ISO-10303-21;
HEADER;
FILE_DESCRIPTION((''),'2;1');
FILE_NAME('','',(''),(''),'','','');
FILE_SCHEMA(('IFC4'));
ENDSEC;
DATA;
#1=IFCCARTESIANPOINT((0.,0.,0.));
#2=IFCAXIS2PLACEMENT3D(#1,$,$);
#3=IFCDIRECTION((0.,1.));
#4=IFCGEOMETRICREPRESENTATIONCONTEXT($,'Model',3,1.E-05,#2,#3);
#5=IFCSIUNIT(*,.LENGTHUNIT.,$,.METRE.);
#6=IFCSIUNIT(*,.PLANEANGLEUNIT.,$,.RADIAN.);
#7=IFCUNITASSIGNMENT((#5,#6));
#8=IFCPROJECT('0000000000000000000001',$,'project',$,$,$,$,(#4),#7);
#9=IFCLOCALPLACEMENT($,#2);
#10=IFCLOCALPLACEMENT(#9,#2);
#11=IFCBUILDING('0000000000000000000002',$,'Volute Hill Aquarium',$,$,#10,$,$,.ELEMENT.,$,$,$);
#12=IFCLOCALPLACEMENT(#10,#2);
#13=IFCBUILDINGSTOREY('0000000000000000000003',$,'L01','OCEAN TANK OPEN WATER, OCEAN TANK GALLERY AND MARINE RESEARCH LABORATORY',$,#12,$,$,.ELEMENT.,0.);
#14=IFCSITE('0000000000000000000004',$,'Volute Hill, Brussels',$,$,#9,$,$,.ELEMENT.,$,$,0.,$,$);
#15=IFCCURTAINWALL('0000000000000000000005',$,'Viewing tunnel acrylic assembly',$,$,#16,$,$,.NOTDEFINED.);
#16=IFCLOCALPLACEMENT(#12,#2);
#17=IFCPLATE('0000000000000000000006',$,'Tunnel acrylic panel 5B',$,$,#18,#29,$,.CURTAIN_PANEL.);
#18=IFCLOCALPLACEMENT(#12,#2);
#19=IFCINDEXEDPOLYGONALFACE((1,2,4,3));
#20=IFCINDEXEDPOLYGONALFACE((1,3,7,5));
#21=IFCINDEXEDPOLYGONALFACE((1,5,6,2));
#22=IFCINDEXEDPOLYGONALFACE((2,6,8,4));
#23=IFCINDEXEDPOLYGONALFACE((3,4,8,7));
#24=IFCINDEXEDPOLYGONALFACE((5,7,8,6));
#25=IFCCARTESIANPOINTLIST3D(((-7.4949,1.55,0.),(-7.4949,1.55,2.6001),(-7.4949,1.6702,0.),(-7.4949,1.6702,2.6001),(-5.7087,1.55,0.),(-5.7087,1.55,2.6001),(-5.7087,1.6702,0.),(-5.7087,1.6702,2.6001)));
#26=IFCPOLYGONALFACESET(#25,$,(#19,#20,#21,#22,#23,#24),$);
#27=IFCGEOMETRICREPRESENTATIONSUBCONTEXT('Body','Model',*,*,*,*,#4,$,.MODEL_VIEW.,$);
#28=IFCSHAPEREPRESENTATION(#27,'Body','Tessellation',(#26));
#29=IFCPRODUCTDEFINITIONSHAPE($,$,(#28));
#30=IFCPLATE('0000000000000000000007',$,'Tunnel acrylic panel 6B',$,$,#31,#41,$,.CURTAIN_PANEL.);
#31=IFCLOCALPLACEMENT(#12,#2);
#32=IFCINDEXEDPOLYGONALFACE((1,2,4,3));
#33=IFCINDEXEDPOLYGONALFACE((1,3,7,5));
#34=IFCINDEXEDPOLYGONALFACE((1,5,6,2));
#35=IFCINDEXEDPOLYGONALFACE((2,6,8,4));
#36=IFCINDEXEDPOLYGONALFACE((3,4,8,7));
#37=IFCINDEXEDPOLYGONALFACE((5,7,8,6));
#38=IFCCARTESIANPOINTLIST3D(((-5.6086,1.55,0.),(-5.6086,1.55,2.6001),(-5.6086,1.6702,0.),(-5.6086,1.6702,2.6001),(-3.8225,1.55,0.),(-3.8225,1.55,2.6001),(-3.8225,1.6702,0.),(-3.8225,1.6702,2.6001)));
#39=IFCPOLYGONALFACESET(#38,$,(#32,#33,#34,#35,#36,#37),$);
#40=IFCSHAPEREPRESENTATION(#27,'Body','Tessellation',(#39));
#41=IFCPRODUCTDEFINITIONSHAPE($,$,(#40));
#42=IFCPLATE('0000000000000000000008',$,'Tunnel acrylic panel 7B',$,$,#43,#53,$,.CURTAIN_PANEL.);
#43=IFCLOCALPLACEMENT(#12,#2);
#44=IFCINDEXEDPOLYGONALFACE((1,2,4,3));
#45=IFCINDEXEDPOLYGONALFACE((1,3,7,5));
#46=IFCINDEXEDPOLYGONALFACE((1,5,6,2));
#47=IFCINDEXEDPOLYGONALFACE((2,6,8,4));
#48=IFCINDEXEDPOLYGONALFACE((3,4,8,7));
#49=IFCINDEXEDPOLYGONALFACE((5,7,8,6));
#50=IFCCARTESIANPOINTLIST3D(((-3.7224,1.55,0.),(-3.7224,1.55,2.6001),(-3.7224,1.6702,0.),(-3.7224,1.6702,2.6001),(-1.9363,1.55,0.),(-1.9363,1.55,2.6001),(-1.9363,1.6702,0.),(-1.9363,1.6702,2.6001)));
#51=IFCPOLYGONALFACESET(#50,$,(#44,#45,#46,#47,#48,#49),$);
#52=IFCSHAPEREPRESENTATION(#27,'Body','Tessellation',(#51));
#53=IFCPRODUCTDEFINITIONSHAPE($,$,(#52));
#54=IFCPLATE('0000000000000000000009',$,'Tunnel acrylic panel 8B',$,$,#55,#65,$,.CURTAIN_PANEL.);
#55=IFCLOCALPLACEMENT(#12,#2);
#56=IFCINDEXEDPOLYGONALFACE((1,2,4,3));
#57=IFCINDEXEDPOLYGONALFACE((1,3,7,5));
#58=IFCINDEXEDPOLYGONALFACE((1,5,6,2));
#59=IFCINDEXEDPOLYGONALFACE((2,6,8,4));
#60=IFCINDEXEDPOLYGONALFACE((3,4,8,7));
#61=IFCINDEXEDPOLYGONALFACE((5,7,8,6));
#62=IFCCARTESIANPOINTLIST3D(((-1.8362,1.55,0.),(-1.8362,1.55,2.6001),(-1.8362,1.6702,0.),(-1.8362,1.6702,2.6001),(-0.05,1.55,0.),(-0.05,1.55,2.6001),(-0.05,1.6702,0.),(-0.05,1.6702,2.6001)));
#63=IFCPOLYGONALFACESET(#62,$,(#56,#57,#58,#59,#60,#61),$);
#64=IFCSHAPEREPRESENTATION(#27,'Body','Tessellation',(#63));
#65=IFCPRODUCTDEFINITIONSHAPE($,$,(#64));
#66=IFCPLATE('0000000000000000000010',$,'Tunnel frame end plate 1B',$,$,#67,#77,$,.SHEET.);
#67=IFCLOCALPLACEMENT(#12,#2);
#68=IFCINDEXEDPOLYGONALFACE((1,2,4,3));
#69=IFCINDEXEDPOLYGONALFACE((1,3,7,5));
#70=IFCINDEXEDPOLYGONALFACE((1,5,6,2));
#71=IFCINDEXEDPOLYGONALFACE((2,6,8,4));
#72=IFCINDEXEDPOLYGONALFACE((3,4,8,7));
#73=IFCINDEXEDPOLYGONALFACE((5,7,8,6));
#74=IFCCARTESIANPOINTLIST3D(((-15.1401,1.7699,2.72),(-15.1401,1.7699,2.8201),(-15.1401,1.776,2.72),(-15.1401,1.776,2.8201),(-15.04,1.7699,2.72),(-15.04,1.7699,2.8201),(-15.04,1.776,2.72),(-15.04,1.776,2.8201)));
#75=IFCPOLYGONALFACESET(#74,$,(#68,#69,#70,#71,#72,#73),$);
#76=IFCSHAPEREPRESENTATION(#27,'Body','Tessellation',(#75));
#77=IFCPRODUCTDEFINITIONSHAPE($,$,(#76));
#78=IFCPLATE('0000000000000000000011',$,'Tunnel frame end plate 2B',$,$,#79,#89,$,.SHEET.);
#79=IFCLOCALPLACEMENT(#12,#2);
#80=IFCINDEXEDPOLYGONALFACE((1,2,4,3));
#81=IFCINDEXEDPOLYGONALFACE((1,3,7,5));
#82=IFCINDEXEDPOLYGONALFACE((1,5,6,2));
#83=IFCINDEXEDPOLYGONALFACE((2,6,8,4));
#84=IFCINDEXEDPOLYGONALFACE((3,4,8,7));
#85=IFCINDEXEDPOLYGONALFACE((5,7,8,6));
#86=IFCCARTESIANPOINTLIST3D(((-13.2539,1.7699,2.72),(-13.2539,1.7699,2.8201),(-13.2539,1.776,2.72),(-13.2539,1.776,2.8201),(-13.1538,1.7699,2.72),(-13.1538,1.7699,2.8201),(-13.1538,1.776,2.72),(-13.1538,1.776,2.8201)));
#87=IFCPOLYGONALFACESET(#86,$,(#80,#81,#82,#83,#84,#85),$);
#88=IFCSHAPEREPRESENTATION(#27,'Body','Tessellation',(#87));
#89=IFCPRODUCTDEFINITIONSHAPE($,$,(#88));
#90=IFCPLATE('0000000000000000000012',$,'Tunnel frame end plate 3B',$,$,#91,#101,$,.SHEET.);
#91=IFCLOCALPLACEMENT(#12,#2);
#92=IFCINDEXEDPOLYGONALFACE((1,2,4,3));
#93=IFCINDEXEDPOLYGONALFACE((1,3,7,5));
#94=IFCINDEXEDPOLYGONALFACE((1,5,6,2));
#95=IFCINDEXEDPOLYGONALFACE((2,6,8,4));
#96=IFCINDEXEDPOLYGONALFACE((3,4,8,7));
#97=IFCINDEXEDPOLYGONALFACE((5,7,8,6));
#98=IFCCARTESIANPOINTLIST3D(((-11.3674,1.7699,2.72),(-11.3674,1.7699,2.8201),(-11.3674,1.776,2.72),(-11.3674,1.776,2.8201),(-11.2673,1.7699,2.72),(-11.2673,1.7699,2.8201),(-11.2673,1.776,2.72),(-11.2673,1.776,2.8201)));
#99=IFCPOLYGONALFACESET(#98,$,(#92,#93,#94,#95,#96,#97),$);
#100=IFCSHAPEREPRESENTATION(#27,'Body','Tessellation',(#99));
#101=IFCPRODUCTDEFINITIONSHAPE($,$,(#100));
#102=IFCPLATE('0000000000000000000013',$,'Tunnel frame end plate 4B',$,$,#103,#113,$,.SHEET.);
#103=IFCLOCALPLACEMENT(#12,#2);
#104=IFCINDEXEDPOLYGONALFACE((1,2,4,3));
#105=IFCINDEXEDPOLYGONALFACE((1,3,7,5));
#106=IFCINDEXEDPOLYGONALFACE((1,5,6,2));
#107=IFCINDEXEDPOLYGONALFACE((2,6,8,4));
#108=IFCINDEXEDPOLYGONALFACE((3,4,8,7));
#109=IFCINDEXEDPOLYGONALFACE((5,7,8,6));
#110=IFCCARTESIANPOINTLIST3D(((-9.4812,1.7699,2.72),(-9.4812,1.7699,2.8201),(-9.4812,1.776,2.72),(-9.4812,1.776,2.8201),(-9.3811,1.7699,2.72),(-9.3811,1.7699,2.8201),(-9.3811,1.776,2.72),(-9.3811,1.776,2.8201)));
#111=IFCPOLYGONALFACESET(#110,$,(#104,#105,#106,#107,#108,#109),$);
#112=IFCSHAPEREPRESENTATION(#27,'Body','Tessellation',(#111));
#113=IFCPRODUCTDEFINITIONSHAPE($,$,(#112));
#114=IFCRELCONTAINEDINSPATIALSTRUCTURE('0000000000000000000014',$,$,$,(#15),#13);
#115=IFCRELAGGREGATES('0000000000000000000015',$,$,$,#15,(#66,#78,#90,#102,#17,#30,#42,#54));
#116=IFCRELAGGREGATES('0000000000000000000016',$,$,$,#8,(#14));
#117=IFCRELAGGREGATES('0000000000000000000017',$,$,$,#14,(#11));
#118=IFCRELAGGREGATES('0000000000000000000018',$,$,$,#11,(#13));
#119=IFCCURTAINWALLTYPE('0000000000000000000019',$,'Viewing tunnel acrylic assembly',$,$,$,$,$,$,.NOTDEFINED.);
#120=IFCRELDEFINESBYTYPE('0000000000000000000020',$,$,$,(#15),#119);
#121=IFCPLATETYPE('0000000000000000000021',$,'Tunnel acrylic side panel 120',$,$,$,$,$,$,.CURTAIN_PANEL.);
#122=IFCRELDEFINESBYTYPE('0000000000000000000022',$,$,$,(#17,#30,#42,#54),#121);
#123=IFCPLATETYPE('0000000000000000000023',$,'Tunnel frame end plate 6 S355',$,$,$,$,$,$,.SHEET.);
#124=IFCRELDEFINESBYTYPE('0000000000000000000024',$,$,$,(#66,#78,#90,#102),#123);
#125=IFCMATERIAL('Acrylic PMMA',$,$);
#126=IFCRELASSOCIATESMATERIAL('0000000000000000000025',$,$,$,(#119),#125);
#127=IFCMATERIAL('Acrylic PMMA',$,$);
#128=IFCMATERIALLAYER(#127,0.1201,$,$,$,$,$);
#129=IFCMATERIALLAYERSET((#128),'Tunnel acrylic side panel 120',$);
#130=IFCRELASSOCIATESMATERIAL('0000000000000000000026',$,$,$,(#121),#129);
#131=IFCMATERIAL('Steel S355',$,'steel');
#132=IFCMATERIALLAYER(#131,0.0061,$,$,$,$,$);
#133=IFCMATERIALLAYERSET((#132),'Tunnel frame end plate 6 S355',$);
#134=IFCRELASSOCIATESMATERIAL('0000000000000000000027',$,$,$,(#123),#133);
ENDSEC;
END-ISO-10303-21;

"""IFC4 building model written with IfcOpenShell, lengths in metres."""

from ifc_helpers import new_model, si_unit, direction, frame, origin, origin_2d, place, context, subcontext, project, spatial, rectangle, extrude, material, layer, layer_set, type_object, element, aggregate, save


model = new_model("IFC4")

# Units and contexts
model_context = context("Model", 3, precision=1e-05, world=origin(), true_north=direction((0.0, 1.0)))
body_context = subcontext(model_context, "Body", "Model", "MODEL_VIEW")
ifc_project = project(units=[si_unit("LENGTHUNIT", "METRE"), si_unit("PLANEANGLEUNIT", "RADIAN")], contexts=[model_context])

# Site, building, storey
site_placement = place(None, origin())
site = spatial("IfcSite", under=ifc_project, at=site_placement, Name="Volute Hill, Brussels", CompositionType="ELEMENT", RefElevation=0.0)
building_placement = place(site_placement, origin())
building = spatial("IfcBuilding", under=site, at=building_placement, Name="Volute Hill Aquarium", CompositionType="ELEMENT")
storey_placement = place(building_placement, origin())
storey = spatial("IfcBuildingStorey", under=building, at=storey_placement, Name="L01", Description="OCEAN TANK OPEN WATER, OCEAN TANK GALLERY AND MARINE RESEARCH LABORATORY", CompositionType="ELEMENT", Elevation=0.0)

# Curtain wall, plates
ifc_material_1 = material(Name="Acrylic PMMA")
curtain_wall_type = type_object("IfcCurtainWallType", Name="Viewing tunnel acrylic assembly", PredefinedType="NOTDEFINED", material=ifc_material_1)
curtain_wall_placement = place(storey_placement, origin())
curtain_wall = element("IfcCurtainWall", 1, at=curtain_wall_placement, inside=storey, type_object=curtain_wall_type, Name="Viewing tunnel acrylic assembly", PredefinedType="NOTDEFINED")
ifc_material_2 = material(Name="Acrylic PMMA")
ifc_layer_1 = layer(ifc_material_2, 0.1201)
ifc_layer_set_1 = layer_set([ifc_layer_1], Name="Tunnel acrylic side panel 120")
plate_type_1 = type_object("IfcPlateType", Name="Tunnel acrylic side panel 120", PredefinedType="CURTAIN_PANEL", material=ifc_layer_set_1)
plate_1_placement = place(storey_placement, frame((-6.6018, 1.6101, 0.0), z_axis=(0.0, 0.0, 1.0), x_axis=(1.0, 0.0, 0.0)))
plate_1 = element("IfcPlate", 2, at=plate_1_placement, type_object=plate_type_1, Name="Tunnel acrylic panel 5B", PredefinedType="CURTAIN_PANEL", context=body_context, shape_type="SweptSolid", body=[
    extrude(rectangle(XDim=1.7861, YDim=0.1201, at=origin_2d()), origin(), (0.0, 0.0, 1.0), 2.6001),
])
plate_2_placement = place(storey_placement, frame((-4.7156, 1.6101, 0.0), z_axis=(0.0, 0.0, 1.0), x_axis=(1.0, 0.0, 0.0)))
plate_2 = element("IfcPlate", 3, at=plate_2_placement, type_object=plate_type_1, Name="Tunnel acrylic panel 6B", PredefinedType="CURTAIN_PANEL", context=body_context, shape_type="SweptSolid", body=[
    extrude(rectangle(XDim=1.7861, YDim=0.1201, at=origin_2d()), origin(), (0.0, 0.0, 1.0), 2.6001),
])
plate_3_placement = place(storey_placement, frame((-2.8293, 1.6101, 0.0), z_axis=(0.0, 0.0, 1.0), x_axis=(1.0, 0.0, 0.0)))
plate_3 = element("IfcPlate", 4, at=plate_3_placement, type_object=plate_type_1, Name="Tunnel acrylic panel 7B", PredefinedType="CURTAIN_PANEL", context=body_context, shape_type="SweptSolid", body=[
    extrude(rectangle(XDim=1.7861, YDim=0.1201, at=origin_2d()), origin(), (0.0, 0.0, 1.0), 2.6001),
])
plate_4_placement = place(storey_placement, frame((-0.9431, 1.6101, 0.0), z_axis=(0.0, 0.0, 1.0), x_axis=(1.0, 0.0, 0.0)))
plate_4 = element("IfcPlate", 5, at=plate_4_placement, type_object=plate_type_1, Name="Tunnel acrylic panel 8B", PredefinedType="CURTAIN_PANEL", context=body_context, shape_type="SweptSolid", body=[
    extrude(rectangle(XDim=1.7861, YDim=0.1201, at=origin_2d()), origin(), (0.0, 0.0, 1.0), 2.6001),
])
ifc_material_3 = material(Name="Steel S355", Category="steel")
ifc_layer_2 = layer(ifc_material_3, 0.0061)
ifc_layer_set_2 = layer_set([ifc_layer_2], Name="Tunnel frame end plate 6 S355")
plate_type_2 = type_object("IfcPlateType", Name="Tunnel frame end plate 6 S355", PredefinedType="SHEET", material=ifc_layer_set_2)
plate_5_placement = place(storey_placement, frame((-15.0901, 1.7729, 2.72), z_axis=(0.0, 0.0, 1.0), x_axis=(1.0, 0.0, 0.0)))
plate_5 = element("IfcPlate", 6, at=plate_5_placement, type_object=plate_type_2, Name="Tunnel frame end plate 1B", PredefinedType="SHEET", context=body_context, shape_type="SweptSolid", body=[
    extrude(rectangle(XDim=0.1001, YDim=0.0061, at=origin_2d()), origin(), (0.0, 0.0, 1.0), 0.1001),
])
plate_6_placement = place(storey_placement, frame((-13.2039, 1.7729, 2.72), z_axis=(0.0, 0.0, 1.0), x_axis=(1.0, 0.0, 0.0)))
plate_6 = element("IfcPlate", 7, at=plate_6_placement, type_object=plate_type_2, Name="Tunnel frame end plate 2B", PredefinedType="SHEET", context=body_context, shape_type="SweptSolid", body=[
    extrude(rectangle(XDim=0.1001, YDim=0.0061, at=origin_2d()), origin(), (0.0, 0.0, 1.0), 0.1001),
])
plate_7_placement = place(storey_placement, frame((-11.3174, 1.7729, 2.72), z_axis=(0.0, 0.0, 1.0), x_axis=(1.0, 0.0, 0.0)))
plate_7 = element("IfcPlate", 8, at=plate_7_placement, type_object=plate_type_2, Name="Tunnel frame end plate 3B", PredefinedType="SHEET", context=body_context, shape_type="SweptSolid", body=[
    extrude(rectangle(XDim=0.1001, YDim=0.0061, at=origin_2d()), origin(), (0.0, 0.0, 1.0), 0.1001),
])
plate_8_placement = place(storey_placement, frame((-9.4312, 1.7729, 2.72), z_axis=(0.0, 0.0, 1.0), x_axis=(1.0, 0.0, 0.0)))
plate_8 = element("IfcPlate", 9, at=plate_8_placement, type_object=plate_type_2, Name="Tunnel frame end plate 4B", PredefinedType="SHEET", context=body_context, shape_type="SweptSolid", body=[
    extrude(rectangle(XDim=0.1001, YDim=0.0061, at=origin_2d()), origin(), (0.0, 0.0, 1.0), 0.1001),
])
aggregate(curtain_wall, [plate_5, plate_6, plate_7, plate_8, plate_1, plate_2, plate_3, plate_4])

save(model, "model.ifc")
